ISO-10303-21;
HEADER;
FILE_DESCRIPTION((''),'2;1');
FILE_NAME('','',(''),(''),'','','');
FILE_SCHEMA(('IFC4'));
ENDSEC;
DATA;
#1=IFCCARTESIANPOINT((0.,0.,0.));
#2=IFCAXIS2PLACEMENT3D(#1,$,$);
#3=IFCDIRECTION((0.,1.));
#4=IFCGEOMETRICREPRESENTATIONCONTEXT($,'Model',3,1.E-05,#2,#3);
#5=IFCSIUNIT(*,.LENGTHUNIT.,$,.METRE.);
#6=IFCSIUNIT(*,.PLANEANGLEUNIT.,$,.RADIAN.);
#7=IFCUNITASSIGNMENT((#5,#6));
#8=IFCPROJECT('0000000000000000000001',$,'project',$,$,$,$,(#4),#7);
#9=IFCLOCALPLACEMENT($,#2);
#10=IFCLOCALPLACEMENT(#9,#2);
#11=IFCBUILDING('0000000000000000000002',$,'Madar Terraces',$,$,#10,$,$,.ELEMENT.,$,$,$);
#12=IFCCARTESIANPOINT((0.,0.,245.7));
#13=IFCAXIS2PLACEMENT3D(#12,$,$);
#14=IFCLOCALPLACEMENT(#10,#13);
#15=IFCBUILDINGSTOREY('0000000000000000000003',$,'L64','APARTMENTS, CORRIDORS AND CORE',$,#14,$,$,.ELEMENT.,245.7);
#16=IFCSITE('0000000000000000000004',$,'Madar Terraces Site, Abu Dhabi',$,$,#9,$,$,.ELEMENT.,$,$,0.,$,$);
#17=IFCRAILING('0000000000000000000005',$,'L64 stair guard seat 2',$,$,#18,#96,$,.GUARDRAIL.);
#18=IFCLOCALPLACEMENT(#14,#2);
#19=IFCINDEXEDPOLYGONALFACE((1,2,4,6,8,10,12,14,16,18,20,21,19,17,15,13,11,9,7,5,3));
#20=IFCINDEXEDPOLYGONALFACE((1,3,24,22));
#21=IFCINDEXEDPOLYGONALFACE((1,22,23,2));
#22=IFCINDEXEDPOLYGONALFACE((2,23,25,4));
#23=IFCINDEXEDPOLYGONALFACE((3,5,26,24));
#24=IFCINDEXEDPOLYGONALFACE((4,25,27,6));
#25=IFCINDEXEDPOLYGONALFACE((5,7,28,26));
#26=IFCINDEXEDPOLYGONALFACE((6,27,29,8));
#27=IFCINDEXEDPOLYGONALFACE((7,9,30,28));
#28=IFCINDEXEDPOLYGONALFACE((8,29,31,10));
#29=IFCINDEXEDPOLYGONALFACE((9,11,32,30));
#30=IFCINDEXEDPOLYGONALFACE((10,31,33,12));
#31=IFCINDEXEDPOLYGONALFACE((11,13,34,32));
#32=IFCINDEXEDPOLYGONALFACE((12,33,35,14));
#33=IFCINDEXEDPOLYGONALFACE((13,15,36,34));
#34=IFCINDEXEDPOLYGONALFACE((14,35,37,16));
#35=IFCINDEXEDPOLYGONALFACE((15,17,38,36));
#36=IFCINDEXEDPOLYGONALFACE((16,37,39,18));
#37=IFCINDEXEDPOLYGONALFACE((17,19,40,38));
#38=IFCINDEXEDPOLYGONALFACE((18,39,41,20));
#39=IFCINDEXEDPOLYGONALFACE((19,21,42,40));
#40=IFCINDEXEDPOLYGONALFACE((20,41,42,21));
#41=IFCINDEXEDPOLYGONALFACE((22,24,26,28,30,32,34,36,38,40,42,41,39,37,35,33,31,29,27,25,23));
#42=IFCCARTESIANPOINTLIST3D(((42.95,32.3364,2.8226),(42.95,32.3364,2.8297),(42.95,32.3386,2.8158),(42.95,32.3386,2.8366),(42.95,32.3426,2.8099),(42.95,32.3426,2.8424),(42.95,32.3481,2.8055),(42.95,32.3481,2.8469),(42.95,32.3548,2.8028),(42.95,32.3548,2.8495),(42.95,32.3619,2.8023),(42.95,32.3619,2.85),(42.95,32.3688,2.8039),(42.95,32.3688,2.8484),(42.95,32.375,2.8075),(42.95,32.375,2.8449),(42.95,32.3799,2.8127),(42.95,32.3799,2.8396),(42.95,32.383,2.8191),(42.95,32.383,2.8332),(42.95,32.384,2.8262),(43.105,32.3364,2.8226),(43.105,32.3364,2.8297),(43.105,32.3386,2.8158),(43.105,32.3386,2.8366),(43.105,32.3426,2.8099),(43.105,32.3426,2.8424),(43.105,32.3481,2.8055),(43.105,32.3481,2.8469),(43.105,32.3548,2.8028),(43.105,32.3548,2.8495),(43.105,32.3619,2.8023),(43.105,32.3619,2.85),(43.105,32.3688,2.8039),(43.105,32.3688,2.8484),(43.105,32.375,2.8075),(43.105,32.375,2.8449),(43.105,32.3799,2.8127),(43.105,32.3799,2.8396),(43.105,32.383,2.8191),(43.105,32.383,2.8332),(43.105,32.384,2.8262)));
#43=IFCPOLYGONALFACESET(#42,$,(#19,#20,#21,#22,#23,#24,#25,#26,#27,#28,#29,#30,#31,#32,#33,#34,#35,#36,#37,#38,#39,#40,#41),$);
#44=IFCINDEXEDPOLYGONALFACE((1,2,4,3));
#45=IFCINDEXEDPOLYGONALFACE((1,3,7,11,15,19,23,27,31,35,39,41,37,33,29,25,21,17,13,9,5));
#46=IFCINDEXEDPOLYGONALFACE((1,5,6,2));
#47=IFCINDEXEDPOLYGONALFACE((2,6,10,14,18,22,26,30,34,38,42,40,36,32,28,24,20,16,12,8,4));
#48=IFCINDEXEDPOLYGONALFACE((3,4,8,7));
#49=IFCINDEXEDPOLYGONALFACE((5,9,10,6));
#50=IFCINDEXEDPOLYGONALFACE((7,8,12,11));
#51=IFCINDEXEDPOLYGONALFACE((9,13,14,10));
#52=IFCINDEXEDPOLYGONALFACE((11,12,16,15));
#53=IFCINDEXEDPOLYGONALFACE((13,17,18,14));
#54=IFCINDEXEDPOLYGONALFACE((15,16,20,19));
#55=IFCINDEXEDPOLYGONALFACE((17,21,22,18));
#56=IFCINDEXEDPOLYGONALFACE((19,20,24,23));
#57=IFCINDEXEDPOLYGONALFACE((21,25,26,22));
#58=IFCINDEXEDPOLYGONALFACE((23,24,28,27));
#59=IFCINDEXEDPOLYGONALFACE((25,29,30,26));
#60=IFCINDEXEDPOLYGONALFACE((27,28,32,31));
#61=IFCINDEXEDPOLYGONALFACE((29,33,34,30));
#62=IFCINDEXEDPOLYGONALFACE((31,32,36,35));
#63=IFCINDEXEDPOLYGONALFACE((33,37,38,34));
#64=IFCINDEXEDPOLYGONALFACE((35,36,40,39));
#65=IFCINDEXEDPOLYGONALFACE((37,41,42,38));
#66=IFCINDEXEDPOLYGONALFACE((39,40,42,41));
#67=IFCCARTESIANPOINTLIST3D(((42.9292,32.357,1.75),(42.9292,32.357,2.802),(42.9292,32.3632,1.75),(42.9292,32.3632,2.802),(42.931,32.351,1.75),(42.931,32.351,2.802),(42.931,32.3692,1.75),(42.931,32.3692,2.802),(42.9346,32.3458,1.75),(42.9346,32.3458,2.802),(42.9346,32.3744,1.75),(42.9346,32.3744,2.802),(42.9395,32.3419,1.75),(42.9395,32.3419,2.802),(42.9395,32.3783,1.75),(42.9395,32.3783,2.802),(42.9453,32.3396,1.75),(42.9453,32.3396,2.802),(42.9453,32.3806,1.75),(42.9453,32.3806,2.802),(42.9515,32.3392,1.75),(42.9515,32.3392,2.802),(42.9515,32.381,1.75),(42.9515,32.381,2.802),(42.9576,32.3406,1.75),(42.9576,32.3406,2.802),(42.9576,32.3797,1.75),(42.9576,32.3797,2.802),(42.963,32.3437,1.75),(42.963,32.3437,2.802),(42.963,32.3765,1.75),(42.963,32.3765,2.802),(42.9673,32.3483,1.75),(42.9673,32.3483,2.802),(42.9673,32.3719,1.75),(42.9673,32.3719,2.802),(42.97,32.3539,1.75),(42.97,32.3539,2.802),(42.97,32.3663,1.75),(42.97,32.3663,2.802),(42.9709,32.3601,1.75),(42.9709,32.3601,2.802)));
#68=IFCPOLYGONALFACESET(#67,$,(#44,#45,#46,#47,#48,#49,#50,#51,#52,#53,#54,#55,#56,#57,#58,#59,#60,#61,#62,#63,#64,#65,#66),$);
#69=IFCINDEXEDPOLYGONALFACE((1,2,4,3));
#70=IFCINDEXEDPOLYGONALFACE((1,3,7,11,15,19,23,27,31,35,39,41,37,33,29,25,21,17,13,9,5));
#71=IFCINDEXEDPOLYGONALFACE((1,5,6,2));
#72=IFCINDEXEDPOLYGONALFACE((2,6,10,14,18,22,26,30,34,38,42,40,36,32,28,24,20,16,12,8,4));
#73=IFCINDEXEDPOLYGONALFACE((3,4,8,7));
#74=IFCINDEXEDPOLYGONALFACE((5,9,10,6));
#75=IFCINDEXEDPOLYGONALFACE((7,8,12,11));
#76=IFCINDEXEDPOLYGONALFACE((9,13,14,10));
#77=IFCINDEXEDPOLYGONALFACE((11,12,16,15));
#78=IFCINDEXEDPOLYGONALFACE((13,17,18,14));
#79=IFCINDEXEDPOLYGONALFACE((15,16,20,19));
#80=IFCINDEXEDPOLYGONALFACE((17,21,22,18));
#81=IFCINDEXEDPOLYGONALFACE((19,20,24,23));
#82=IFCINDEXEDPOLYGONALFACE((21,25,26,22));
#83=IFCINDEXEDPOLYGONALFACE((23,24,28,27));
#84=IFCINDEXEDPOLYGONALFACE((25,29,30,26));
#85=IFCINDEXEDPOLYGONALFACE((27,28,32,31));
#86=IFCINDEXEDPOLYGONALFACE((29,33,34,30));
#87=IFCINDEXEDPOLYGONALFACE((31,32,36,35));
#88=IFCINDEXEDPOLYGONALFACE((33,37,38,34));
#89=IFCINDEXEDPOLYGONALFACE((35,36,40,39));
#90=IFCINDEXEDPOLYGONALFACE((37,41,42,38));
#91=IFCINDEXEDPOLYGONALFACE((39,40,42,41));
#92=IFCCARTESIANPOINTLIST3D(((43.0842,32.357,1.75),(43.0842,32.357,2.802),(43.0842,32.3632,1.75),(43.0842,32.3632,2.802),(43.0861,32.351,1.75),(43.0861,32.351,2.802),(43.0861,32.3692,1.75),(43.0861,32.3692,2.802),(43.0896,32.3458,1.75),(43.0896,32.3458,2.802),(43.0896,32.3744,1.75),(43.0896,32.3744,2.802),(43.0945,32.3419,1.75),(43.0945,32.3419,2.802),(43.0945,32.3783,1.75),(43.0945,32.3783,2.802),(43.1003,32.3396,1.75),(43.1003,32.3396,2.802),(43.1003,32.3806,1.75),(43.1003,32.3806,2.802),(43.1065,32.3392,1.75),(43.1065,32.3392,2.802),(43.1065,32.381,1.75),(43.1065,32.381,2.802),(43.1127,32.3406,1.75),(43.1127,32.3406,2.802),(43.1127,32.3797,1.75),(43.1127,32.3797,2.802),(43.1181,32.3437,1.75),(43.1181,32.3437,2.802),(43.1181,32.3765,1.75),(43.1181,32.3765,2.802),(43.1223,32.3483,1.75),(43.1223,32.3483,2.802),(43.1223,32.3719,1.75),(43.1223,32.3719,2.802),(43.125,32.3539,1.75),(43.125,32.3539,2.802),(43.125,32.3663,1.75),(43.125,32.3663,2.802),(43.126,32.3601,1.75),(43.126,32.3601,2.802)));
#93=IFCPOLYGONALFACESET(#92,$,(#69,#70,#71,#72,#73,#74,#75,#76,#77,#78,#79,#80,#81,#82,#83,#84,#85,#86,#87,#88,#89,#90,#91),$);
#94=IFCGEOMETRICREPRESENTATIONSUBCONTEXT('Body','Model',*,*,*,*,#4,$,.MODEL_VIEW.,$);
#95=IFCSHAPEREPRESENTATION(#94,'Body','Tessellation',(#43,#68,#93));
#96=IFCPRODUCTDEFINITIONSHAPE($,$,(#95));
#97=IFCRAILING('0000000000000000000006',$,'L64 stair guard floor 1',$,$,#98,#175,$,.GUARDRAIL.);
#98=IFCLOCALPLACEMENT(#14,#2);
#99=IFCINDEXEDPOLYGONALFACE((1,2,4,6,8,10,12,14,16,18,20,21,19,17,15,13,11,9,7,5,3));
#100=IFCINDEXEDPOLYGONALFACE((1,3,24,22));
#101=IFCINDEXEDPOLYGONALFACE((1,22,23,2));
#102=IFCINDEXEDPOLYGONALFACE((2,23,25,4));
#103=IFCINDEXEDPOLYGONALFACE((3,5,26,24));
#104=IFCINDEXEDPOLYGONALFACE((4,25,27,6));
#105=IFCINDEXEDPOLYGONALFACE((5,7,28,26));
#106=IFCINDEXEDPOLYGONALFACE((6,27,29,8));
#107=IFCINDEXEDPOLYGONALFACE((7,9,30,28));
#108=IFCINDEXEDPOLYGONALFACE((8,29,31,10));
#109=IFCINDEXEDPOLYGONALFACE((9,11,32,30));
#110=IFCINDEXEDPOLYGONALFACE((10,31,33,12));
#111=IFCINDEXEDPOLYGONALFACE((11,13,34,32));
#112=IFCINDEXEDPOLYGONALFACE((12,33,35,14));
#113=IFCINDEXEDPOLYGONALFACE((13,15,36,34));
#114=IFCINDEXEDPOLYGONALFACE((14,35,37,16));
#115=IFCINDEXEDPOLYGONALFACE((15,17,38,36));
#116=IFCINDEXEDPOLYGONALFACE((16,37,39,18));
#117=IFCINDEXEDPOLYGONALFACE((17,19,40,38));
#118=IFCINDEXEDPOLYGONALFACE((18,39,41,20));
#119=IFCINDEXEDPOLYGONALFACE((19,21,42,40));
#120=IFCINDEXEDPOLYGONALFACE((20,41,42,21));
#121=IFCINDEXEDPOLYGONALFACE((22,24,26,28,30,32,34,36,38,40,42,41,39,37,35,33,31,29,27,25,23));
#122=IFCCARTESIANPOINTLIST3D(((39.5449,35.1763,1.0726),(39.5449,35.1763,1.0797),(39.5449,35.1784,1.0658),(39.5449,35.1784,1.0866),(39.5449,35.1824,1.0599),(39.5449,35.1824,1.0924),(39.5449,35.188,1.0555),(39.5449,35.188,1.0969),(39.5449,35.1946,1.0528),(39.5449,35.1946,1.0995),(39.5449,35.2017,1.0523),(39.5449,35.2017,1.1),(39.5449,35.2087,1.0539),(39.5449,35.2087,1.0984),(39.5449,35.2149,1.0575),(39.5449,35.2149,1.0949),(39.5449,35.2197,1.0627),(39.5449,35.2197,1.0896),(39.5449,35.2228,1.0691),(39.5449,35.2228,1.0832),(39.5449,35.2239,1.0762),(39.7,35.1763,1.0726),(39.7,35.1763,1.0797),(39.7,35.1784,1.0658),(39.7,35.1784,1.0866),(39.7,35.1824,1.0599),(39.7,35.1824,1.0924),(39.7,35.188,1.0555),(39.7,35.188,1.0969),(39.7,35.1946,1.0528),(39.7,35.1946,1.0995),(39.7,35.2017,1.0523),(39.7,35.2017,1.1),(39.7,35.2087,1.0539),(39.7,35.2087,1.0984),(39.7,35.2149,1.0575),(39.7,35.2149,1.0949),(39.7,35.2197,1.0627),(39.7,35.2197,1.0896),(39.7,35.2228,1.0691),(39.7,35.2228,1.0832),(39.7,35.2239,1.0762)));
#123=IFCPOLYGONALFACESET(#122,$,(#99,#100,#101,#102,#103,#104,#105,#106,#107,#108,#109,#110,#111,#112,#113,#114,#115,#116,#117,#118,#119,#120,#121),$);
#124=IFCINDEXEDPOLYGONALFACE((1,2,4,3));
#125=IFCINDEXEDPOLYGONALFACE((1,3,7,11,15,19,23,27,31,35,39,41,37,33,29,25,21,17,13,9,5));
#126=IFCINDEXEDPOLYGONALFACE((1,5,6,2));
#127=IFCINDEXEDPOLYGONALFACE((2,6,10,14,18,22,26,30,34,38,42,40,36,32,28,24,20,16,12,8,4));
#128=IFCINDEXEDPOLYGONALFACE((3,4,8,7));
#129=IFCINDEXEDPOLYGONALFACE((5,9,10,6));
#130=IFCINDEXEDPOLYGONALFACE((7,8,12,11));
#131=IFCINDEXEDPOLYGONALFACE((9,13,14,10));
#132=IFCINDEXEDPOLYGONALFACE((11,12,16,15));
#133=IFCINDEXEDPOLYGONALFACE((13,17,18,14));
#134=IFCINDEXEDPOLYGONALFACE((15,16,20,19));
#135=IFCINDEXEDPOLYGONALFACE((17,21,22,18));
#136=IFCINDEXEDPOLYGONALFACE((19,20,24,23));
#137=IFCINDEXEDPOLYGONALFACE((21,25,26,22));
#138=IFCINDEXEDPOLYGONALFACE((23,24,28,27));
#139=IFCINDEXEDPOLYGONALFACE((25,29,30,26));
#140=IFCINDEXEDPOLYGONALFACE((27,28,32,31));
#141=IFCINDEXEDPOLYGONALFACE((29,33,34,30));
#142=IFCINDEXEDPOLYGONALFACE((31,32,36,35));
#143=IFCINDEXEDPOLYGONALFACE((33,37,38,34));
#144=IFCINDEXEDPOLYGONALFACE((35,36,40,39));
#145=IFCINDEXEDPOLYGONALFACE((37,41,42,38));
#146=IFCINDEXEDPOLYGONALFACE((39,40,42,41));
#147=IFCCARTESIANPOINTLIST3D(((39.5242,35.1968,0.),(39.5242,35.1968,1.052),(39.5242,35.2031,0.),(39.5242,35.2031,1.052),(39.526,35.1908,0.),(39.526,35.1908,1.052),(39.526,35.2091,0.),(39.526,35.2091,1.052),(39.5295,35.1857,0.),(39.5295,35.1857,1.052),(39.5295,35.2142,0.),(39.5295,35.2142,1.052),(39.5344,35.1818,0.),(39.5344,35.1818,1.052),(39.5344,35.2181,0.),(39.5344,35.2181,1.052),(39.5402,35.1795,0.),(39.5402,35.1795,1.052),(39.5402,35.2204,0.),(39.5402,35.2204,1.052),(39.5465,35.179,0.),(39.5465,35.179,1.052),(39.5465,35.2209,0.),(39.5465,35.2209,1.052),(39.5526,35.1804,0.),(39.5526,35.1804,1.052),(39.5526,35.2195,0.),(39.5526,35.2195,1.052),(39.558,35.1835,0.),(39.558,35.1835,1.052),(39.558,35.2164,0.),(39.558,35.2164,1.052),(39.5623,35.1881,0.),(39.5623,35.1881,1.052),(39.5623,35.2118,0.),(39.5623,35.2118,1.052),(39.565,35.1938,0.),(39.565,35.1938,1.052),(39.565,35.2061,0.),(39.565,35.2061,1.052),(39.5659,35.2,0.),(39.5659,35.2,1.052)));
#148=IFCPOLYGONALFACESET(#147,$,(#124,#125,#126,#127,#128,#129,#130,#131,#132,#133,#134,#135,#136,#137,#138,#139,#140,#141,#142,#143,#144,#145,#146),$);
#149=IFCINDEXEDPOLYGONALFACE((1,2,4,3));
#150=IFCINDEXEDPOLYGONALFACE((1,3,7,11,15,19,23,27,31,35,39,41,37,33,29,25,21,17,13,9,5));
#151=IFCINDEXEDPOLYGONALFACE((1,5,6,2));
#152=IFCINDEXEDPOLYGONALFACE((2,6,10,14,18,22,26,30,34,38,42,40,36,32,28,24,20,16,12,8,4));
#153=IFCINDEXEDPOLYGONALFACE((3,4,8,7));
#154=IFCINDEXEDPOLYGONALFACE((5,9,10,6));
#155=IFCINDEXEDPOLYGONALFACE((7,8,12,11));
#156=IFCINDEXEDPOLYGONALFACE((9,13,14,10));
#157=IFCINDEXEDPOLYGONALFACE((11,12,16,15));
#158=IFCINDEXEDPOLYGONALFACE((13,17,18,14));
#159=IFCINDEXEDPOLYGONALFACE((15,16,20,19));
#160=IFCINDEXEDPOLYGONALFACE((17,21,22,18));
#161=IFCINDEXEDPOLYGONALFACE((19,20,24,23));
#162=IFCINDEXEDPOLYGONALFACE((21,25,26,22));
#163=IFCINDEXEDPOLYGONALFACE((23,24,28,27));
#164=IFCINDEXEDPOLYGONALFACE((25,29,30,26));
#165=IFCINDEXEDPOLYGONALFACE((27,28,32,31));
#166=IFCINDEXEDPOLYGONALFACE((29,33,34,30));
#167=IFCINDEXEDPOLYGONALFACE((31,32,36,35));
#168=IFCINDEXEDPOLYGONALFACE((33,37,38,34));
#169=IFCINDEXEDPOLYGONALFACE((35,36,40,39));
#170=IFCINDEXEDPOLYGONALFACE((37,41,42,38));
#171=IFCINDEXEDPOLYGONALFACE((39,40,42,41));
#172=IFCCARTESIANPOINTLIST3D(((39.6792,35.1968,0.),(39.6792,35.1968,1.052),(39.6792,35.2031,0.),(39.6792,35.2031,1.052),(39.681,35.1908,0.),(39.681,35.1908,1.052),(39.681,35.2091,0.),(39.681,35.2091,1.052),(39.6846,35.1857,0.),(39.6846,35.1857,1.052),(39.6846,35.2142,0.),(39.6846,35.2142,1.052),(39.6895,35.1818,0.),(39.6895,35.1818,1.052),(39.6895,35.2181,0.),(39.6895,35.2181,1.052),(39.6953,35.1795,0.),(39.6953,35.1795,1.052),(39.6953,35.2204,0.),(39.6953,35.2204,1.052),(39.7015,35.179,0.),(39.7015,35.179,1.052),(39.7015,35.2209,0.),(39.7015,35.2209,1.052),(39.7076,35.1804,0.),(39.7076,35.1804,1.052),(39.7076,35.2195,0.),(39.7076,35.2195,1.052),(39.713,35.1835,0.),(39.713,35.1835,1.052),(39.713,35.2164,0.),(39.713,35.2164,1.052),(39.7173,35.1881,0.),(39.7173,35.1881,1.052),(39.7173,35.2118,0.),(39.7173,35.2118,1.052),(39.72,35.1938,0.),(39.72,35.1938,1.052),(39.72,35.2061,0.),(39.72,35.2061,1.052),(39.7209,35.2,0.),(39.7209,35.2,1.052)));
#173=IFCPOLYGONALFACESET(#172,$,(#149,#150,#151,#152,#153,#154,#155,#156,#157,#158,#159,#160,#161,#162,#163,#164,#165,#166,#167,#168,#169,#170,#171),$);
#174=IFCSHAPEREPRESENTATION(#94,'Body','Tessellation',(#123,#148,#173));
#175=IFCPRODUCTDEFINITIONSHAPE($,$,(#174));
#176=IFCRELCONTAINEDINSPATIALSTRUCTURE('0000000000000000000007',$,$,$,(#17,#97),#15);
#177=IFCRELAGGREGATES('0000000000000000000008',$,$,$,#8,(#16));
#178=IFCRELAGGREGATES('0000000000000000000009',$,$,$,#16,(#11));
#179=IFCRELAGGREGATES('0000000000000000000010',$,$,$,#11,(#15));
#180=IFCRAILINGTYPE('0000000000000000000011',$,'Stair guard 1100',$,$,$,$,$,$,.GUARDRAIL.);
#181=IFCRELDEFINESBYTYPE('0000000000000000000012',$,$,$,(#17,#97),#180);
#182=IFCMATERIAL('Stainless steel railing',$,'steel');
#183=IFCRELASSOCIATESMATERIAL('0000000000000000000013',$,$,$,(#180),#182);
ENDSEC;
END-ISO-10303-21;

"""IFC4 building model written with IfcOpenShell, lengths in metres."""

from ifc_helpers import new_model, si_unit, direction, frame, origin, origin_2d, place, context, subcontext, project, spatial, circle, extrude, material, type_object, element, save


model = new_model("IFC4")

# Units and contexts
model_context = context("Model", 3, precision=1e-05, world=origin(), true_north=direction((0.0, 1.0)))
body_context = subcontext(model_context, "Body", "Model", "MODEL_VIEW")
ifc_project = project(units=[si_unit("LENGTHUNIT", "METRE"), si_unit("PLANEANGLEUNIT", "RADIAN")], contexts=[model_context])

# Site, building, storey
site_placement = place(None, origin())
site = spatial("IfcSite", under=ifc_project, at=site_placement, Name="Madar Terraces Site, Abu Dhabi", CompositionType="ELEMENT", RefElevation=0.0)
building_placement = place(site_placement, origin())
building = spatial("IfcBuilding", under=site, at=building_placement, Name="Madar Terraces", CompositionType="ELEMENT")
storey_placement = place(building_placement, frame((0.0, 0.0, 245.7)))
storey = spatial("IfcBuildingStorey", under=building, at=storey_placement, Name="L64", Description="APARTMENTS, CORRIDORS AND CORE", CompositionType="ELEMENT", Elevation=245.7)

# Railings
ifc_material_1 = material(Name="Stainless steel railing", Category="steel")
railing_type_1 = type_object("IfcRailingType", Name="Stair guard 1100", PredefinedType="GUARDRAIL", material=ifc_material_1)
for number, where, name in (
    (1, (42.95, 32.3601, 1.75), "L64 stair guard seat 2"),
    (2, (39.5449, 35.2, 0.0), "L64 stair guard floor 1"),
):
    element("IfcRailing", number, at=place(storey_placement, frame(where)), inside=storey, type_object=railing_type_1, Name=name, PredefinedType="GUARDRAIL", context=body_context, shape_type="SweptSolid", body=[
        extrude(circle(Radius=0.0239, at=origin_2d()), frame((0.0, 0.0, 1.0762), z_axis=(1.0, 0.0, 0.0), x_axis=(0.0, 1.0, 0.0)), (0.0, 0.0, 1.0), 0.155),
        extrude(circle(Radius=0.021, at=origin_2d()), origin(), (0.0, 0.0, 1.0), 1.052),
        extrude(circle(Radius=0.021, at=origin_2d()), frame((0.155, 0.0, 0.0)), (0.0, 0.0, 1.0), 1.052),
    ])

save(model, "model.ifc")
